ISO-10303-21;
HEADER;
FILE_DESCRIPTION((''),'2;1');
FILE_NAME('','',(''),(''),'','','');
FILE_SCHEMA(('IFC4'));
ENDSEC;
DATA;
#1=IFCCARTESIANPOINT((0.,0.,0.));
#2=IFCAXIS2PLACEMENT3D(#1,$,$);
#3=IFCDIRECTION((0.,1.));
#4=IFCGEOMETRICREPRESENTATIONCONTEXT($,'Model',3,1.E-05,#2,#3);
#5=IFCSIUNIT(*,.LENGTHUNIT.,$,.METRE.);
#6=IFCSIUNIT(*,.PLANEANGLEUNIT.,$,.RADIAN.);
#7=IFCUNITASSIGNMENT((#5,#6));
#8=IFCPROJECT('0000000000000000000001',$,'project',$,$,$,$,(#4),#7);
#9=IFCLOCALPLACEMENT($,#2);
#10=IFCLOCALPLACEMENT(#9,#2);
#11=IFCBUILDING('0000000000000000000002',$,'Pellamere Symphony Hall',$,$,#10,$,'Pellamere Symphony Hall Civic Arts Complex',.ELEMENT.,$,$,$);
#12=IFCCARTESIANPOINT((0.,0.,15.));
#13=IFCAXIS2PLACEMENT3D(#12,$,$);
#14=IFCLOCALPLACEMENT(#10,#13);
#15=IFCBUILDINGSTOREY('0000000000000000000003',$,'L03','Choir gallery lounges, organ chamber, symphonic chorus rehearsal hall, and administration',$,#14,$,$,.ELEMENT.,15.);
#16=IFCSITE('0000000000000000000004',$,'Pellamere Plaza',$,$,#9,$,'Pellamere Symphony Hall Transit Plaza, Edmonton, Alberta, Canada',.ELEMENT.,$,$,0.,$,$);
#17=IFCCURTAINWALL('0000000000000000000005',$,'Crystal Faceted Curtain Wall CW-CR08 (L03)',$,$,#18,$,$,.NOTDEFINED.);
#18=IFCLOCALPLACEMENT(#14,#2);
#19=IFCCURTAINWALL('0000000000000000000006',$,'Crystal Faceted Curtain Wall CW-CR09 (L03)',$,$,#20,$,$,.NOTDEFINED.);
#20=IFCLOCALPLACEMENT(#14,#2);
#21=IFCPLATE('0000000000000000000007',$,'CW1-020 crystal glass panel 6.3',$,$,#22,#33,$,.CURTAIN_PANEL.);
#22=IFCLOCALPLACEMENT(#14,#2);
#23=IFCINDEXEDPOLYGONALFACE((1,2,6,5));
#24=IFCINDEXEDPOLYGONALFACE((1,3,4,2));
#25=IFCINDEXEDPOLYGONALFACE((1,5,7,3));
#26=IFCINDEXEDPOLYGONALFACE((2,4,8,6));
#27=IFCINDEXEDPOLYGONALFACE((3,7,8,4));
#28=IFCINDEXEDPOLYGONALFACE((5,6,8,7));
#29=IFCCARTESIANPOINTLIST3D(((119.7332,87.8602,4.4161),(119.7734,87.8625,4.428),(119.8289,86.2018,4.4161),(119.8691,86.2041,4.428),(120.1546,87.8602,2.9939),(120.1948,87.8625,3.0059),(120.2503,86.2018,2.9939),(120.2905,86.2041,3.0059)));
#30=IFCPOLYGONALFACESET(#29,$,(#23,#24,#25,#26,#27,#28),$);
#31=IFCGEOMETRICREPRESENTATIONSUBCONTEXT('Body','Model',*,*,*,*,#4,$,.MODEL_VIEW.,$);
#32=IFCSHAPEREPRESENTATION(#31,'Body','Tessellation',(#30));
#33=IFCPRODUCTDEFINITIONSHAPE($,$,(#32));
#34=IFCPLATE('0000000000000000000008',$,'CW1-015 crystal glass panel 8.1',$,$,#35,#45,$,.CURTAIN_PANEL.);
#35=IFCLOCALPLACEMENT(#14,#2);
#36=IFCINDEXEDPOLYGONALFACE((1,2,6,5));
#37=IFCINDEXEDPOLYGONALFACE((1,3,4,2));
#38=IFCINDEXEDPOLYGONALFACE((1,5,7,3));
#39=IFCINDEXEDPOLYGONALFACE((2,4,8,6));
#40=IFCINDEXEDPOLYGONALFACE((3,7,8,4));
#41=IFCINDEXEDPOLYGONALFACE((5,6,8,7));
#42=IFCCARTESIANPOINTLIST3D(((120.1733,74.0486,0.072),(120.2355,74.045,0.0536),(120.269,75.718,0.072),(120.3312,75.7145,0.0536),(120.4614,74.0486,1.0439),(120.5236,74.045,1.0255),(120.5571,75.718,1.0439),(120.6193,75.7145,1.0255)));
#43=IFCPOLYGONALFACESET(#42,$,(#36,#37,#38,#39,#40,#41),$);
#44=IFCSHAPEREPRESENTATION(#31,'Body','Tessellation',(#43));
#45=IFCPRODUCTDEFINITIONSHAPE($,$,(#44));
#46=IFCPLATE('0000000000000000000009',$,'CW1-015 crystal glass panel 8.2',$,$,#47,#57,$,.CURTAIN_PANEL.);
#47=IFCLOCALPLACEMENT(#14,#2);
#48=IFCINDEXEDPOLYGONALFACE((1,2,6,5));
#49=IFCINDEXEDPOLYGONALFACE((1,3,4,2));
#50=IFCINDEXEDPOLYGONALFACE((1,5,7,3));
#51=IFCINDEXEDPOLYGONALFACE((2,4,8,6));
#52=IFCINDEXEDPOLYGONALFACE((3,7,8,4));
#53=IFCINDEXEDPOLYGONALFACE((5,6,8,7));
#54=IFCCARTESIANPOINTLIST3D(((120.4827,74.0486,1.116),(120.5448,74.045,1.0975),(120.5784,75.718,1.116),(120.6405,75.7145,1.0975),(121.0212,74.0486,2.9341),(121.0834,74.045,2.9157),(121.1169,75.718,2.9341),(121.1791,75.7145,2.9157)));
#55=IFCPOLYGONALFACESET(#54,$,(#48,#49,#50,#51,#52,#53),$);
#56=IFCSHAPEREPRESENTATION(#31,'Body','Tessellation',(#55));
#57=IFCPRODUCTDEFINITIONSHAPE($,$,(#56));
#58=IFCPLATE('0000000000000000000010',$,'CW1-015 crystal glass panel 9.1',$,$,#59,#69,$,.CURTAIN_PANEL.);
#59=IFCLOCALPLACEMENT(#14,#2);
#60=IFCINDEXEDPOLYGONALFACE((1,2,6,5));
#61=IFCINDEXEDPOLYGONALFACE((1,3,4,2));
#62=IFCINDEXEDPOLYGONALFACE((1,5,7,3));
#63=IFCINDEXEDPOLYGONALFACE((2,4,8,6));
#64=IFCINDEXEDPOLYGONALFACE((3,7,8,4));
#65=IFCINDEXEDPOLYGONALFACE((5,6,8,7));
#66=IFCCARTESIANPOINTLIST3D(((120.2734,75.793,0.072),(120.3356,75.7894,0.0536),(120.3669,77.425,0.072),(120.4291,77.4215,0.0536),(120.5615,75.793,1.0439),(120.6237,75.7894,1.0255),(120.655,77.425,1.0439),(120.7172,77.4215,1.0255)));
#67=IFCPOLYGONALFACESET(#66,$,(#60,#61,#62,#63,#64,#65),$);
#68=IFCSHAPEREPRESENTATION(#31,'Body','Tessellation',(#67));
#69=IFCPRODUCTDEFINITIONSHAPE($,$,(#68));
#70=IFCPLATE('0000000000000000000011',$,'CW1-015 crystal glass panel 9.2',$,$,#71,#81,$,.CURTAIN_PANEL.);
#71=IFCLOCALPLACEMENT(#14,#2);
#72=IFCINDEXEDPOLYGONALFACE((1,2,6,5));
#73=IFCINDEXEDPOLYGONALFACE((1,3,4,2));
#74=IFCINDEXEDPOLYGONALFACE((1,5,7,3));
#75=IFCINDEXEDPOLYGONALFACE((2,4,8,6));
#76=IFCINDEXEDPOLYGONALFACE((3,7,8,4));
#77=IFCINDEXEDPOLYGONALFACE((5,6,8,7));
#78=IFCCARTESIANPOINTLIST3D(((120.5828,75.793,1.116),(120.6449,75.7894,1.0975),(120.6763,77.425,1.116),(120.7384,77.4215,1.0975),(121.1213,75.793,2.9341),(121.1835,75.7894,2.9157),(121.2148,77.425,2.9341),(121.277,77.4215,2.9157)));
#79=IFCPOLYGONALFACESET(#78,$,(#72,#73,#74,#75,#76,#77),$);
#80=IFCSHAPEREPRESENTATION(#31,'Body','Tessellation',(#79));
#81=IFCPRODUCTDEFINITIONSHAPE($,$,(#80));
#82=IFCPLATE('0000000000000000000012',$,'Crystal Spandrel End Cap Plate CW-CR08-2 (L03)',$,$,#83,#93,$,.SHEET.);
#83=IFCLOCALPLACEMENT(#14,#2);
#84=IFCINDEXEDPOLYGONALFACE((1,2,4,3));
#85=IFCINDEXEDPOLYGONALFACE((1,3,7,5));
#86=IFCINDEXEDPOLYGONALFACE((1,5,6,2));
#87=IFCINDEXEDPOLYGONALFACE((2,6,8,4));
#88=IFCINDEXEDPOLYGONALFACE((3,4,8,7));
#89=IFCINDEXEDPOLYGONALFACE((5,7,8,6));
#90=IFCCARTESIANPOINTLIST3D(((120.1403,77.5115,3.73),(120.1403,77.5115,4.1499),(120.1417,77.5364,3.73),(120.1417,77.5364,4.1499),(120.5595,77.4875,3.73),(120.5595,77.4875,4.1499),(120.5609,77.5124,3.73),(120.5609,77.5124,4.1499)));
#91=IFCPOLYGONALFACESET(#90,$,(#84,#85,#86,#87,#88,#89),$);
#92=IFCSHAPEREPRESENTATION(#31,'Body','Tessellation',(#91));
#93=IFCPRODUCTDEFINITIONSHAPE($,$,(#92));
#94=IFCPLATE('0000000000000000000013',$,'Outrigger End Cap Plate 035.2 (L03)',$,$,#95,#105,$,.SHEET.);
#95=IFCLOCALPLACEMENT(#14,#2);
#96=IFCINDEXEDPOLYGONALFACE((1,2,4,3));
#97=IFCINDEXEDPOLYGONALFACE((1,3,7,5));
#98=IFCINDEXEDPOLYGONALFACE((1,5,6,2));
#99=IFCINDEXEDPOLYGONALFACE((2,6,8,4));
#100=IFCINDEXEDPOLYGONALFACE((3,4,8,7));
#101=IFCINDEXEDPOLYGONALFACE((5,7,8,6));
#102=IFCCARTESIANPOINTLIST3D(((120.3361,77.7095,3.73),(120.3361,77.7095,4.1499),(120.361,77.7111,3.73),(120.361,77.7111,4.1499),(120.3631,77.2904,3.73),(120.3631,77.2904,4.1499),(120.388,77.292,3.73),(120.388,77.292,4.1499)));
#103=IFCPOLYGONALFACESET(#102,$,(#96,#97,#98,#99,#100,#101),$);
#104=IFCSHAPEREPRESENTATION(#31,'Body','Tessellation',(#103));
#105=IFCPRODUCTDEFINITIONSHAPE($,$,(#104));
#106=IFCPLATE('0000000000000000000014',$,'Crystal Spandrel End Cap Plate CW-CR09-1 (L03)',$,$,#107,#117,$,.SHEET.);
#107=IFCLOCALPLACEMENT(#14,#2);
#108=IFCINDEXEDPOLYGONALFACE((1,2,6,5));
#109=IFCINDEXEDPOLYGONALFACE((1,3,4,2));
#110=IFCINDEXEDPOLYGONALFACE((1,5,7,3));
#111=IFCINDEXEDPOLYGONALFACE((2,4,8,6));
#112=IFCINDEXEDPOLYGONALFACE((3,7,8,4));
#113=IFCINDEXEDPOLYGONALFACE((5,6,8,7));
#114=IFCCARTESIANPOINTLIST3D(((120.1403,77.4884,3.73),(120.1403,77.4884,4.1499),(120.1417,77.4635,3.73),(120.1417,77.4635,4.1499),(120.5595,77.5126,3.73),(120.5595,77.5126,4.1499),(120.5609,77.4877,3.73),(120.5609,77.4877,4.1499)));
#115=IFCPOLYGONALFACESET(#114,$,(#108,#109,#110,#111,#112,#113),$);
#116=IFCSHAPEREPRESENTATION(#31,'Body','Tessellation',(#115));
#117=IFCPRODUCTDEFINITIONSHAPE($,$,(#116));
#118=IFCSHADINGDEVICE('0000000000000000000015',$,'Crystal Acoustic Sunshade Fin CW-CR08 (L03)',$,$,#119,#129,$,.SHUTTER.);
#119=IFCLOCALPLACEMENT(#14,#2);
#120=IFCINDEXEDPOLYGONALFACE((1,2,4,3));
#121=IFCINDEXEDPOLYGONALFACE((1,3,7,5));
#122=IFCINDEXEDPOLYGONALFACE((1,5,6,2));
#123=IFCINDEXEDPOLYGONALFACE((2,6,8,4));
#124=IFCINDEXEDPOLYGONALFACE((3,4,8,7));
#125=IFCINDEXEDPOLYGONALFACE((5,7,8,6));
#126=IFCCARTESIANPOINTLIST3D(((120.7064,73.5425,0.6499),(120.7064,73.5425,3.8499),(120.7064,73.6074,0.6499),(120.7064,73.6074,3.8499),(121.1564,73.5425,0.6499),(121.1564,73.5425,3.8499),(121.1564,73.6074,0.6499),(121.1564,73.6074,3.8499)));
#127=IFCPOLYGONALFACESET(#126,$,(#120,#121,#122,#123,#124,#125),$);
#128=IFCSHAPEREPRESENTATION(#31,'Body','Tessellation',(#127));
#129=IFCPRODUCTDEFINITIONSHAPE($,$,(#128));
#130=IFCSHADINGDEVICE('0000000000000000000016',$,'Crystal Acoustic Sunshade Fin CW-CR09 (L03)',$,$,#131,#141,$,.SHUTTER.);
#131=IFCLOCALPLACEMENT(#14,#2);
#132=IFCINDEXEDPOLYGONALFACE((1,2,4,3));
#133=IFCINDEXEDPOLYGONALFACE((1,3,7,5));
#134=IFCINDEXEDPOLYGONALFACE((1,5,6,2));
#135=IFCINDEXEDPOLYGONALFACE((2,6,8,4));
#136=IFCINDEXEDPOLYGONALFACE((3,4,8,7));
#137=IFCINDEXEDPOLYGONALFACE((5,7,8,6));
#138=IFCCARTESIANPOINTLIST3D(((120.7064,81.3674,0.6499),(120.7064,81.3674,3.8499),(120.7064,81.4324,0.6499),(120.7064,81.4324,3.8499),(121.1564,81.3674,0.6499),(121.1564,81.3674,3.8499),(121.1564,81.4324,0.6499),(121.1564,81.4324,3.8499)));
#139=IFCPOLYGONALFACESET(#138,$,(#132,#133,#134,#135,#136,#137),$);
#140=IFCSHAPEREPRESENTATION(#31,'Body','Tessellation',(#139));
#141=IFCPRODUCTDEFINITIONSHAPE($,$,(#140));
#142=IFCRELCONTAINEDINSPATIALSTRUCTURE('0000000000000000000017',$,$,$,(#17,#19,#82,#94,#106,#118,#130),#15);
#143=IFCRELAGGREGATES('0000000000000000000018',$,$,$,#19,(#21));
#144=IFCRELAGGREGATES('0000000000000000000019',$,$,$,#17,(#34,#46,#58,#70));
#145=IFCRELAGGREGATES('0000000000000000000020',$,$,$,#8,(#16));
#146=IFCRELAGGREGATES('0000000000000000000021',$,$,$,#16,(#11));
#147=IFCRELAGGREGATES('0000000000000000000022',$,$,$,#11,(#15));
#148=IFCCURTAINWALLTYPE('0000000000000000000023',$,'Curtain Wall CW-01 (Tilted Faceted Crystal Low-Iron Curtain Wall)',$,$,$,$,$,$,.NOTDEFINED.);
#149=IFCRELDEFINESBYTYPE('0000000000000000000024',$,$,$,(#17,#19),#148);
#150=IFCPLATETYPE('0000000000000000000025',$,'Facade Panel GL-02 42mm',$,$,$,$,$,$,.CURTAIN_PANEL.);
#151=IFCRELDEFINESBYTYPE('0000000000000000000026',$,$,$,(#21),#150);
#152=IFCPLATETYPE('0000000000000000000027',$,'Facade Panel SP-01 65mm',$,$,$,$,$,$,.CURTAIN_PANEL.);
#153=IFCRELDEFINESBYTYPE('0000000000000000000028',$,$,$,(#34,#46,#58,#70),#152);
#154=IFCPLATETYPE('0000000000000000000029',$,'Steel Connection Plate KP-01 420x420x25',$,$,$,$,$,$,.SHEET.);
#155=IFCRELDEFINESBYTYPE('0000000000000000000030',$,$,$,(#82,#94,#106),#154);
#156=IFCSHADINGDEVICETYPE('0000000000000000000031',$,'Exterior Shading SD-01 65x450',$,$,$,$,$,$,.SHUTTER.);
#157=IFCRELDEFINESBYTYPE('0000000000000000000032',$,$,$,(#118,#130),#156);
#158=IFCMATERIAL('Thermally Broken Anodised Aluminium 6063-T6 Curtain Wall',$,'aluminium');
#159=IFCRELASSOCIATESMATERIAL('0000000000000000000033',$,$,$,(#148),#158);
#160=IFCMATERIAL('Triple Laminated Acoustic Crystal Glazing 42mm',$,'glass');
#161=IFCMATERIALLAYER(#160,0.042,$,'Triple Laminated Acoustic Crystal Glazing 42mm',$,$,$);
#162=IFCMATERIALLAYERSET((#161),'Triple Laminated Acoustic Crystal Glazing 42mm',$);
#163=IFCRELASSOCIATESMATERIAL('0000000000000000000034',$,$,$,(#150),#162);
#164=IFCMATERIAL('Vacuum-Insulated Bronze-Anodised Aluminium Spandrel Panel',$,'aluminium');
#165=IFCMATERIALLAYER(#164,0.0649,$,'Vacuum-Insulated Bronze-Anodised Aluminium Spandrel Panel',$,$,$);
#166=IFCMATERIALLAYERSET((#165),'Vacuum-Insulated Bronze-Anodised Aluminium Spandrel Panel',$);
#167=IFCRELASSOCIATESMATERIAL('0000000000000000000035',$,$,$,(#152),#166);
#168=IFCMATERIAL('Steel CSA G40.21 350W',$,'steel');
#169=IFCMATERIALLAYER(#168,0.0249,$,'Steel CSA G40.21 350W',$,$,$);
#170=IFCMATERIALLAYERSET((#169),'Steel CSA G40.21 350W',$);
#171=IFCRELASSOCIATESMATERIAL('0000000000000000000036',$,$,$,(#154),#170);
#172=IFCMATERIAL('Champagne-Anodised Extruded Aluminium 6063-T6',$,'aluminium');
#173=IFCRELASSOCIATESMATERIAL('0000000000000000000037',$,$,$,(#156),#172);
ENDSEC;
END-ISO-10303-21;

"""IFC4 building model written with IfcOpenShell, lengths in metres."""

from ifc_helpers import new_model, si_unit, direction, frame, origin, origin_2d, place, context, subcontext, project, spatial, polyline, rectangle, outline, extrude, material, layer, layer_set, type_object, element, aggregate, save


model = new_model("IFC4")

# Units and contexts
model_context = context("Model", 3, precision=1e-05, world=origin(), true_north=direction((0.0, 1.0)))
body_context = subcontext(model_context, "Body", "Model", "MODEL_VIEW")
ifc_project = project(units=[si_unit("LENGTHUNIT", "METRE"), si_unit("PLANEANGLEUNIT", "RADIAN")], contexts=[model_context])

# Site, building, storey
site_placement = place(None, origin())
site = spatial("IfcSite", under=ifc_project, at=site_placement, Name="Pellamere Plaza", LongName="Pellamere Symphony Hall Transit Plaza, Edmonton, Alberta, Canada", CompositionType="ELEMENT", RefElevation=0.0)
building_placement = place(site_placement, origin())
building = spatial("IfcBuilding", under=site, at=building_placement, Name="Pellamere Symphony Hall", LongName="Pellamere Symphony Hall Civic Arts Complex", CompositionType="ELEMENT")
storey_placement = place(building_placement, frame((0.0, 0.0, 15.0)))
storey = spatial("IfcBuildingStorey", under=building, at=storey_placement, Name="L03", Description="Choir gallery lounges, organ chamber, symphonic chorus rehearsal hall, and administration", CompositionType="ELEMENT", Elevation=15.0)

# Curtain walls
ifc_material_1 = material(Name="Thermally Broken Anodised Aluminium 6063-T6 Curtain Wall", Category="aluminium")
curtain_wall_type = type_object("IfcCurtainWallType", Name="Curtain Wall CW-01 (Tilted Faceted Crystal Low-Iron Curtain Wall)", PredefinedType="NOTDEFINED", material=ifc_material_1)
curtain_wall_1_placement = place(storey_placement, origin())
curtain_wall_1 = element("IfcCurtainWall", 1, at=curtain_wall_1_placement, inside=storey, type_object=curtain_wall_type, Name="Crystal Faceted Curtain Wall CW-CR08 (L03)", PredefinedType="NOTDEFINED")
curtain_wall_2_placement = place(storey_placement, origin())
curtain_wall_2 = element("IfcCurtainWall", 2, at=curtain_wall_2_placement, inside=storey, type_object=curtain_wall_type, Name="Crystal Faceted Curtain Wall CW-CR09 (L03)", PredefinedType="NOTDEFINED")

# Shared definitions
ifc_material_2 = material(Name="Steel CSA G40.21 350W", Category="steel")

# Plates
ifc_material_3 = material(Name="Triple Laminated Acoustic Crystal Glazing 42mm", Category="glass")
ifc_layer_1 = layer(ifc_material_3, 0.042, Name="Triple Laminated Acoustic Crystal Glazing 42mm")
ifc_layer_set_1 = layer_set([ifc_layer_1], Name="Triple Laminated Acoustic Crystal Glazing 42mm")
plate_type_1 = type_object("IfcPlateType", Name="Facade Panel GL-02 42mm", PredefinedType="CURTAIN_PANEL", material=ifc_layer_set_1)
plate_1_placement = place(storey_placement, frame((120.2905, 86.2041, 3.0059), z_axis=(0.957331, 0.055244, 0.283666), x_axis=(-0.057611, 0.998339, 0.0)))
plate_1 = element("IfcPlate", 3, at=plate_1_placement, type_object=plate_type_1, Name="CW1-020 crystal glass panel 6.3", PredefinedType="CURTAIN_PANEL", context=body_context, shape_type="SweptSolid", body=[
    extrude(outline(polyline([(0.0, 0.0), (1.6612, 0.0), (1.6855, 1.483), (0.0243, 1.483), (0.0, 0.0)])), origin(), (0.0, 0.0, -1.0), 0.042),
])
aggregate(curtain_wall_2, [plate_1])
ifc_material_4 = material(Name="Vacuum-Insulated Bronze-Anodised Aluminium Spandrel Panel", Category="aluminium")
ifc_layer_2 = layer(ifc_material_4, 0.0649, Name="Vacuum-Insulated Bronze-Anodised Aluminium Spandrel Panel")
ifc_layer_set_2 = layer_set([ifc_layer_2], Name="Vacuum-Insulated Bronze-Anodised Aluminium Spandrel Panel")
plate_type_2 = type_object("IfcPlateType", Name="Facade Panel SP-01 65mm", PredefinedType="CURTAIN_PANEL", material=ifc_layer_set_2)
plate_2_placement = place(storey_placement, frame((120.1733, 74.0486, 0.072), z_axis=(-0.957324, 0.05488, 0.283758), x_axis=(0.057233, 0.998361, 0.0)))
plate_2 = element("IfcPlate", 4, at=plate_2_placement, type_object=plate_type_2, Name="CW1-015 crystal glass panel 8.1", PredefinedType="CURTAIN_PANEL", context=body_context, shape_type="SweptSolid", body=[
    extrude(outline(polyline([(0.0, 0.0), (1.6722, 0.0), (1.6887, -1.0136), (0.0165, -1.0136), (0.0, 0.0)])), origin(), (0.0, 0.0, -1.0), 0.0649),
])
plate_3_placement = place(storey_placement, frame((120.4827, 74.0486, 1.116), z_axis=(-0.957371, 0.054883, 0.283599), x_axis=(0.057233, 0.998361, 0.0)))
plate_3 = element("IfcPlate", 5, at=plate_3_placement, type_object=plate_type_2, Name="CW1-015 crystal glass panel 8.2", PredefinedType="CURTAIN_PANEL", context=body_context, shape_type="SweptSolid", body=[
    extrude(outline(polyline([(0.0, 0.0), (1.6722, 0.0), (1.703, -1.896), (0.0308, -1.896), (0.0, 0.0)])), origin(), (0.0, 0.0, -1.0), 0.0649),
])
plate_4_placement = place(storey_placement, frame((120.2734, 75.793, 0.072), z_axis=(-0.957326, 0.054848, 0.283759), x_axis=(0.057199, 0.998363, 0.0)))
plate_4 = element("IfcPlate", 6, at=plate_4_placement, type_object=plate_type_2, Name="CW1-015 crystal glass panel 9.1", PredefinedType="CURTAIN_PANEL", context=body_context, shape_type="SweptSolid", body=[
    extrude(outline(polyline([(0.0, 0.0), (1.6348, 0.0), (1.6512, -1.0136), (0.0165, -1.0136), (0.0, 0.0)])), origin(), (0.0, 0.0, -1.0), 0.0649),
])
plate_5_placement = place(storey_placement, frame((120.5828, 75.793, 1.116), z_axis=(-0.957373, 0.05485, 0.283599), x_axis=(0.057199, 0.998363, 0.0)))
plate_5 = element("IfcPlate", 7, at=plate_5_placement, type_object=plate_type_2, Name="CW1-015 crystal glass panel 9.2", PredefinedType="CURTAIN_PANEL", context=body_context, shape_type="SweptSolid", body=[
    extrude(outline(polyline([(0.0, 0.0), (1.6348, 0.0), (1.6656, -1.896), (0.0308, -1.896), (0.0, 0.0)])), origin(), (0.0, 0.0, -1.0), 0.0649),
])
aggregate(curtain_wall_1, [plate_2, plate_3, plate_4, plate_5])

# Plates
ifc_layer_3 = layer(ifc_material_2, 0.0249, Name="Steel CSA G40.21 350W")
ifc_layer_set_3 = layer_set([ifc_layer_3], Name="Steel CSA G40.21 350W")
plate_type_3 = type_object("IfcPlateType", Name="Steel Connection Plate KP-01 420x420x25", PredefinedType="SHEET", material=ifc_layer_set_3)
for number, where, z_axis, x_axis, name in (
    (8, (120.3506, 77.512, 3.73), (0.0, 0.0, 1.0), (0.057216, 0.998362, 0.0), "Crystal Spandrel End Cap Plate CW-CR08-2 (L03)"),
    (9, (120.3621, 77.5007, 3.73), (0.0, 0.0, 1.0), (0.997927, 0.064358, 0.0), "Outrigger End Cap Plate 035.2 (L03)"),
    (10, (120.3506, 77.488, 3.73), (0.0, 0.0, 1.0), (-0.057564, 0.998342, 0.0), "Crystal Spandrel End Cap Plate CW-CR09-1 (L03)"),
):
    element("IfcPlate", number, at=place(storey_placement, frame(where, z_axis=z_axis, x_axis=x_axis)), inside=storey, type_object=plate_type_3, Name=name, PredefinedType="SHEET", context=body_context, shape_type="SweptSolid", body=[
        extrude(rectangle(XDim=0.0249, YDim=0.4199, at=origin_2d()), origin(), (0.0, 0.0, 1.0), 0.4199),
    ])

# Shading devices
ifc_material_5 = material(Name="Champagne-Anodised Extruded Aluminium 6063-T6", Category="aluminium")
shading_device_type = type_object("IfcShadingDeviceType", Name="Exterior Shading SD-01 65x450", PredefinedType="SHUTTER", material=ifc_material_5)
for number, where, z_axis, x_axis, name in (
    (11, (120.9314, 73.575, 0.6499), (0.0, 0.0, 1.0), (0.0, 1.0, 0.0), "Crystal Acoustic Sunshade Fin CW-CR08 (L03)"),
    (12, (120.9314, 81.3999, 0.6499), (0.0, 0.0, 1.0), (0.0, 1.0, 0.0), "Crystal Acoustic Sunshade Fin CW-CR09 (L03)"),
):
    element("IfcShadingDevice", number, at=place(storey_placement, frame(where, z_axis=z_axis, x_axis=x_axis)), inside=storey, type_object=shading_device_type, Name=name, PredefinedType="SHUTTER", context=body_context, shape_type="SweptSolid", body=[
        extrude(rectangle(XDim=0.0649, YDim=0.45, at=origin_2d()), origin(), (0.0, 0.0, 1.0), 3.2),
    ])

save(model, "model.ifc")
